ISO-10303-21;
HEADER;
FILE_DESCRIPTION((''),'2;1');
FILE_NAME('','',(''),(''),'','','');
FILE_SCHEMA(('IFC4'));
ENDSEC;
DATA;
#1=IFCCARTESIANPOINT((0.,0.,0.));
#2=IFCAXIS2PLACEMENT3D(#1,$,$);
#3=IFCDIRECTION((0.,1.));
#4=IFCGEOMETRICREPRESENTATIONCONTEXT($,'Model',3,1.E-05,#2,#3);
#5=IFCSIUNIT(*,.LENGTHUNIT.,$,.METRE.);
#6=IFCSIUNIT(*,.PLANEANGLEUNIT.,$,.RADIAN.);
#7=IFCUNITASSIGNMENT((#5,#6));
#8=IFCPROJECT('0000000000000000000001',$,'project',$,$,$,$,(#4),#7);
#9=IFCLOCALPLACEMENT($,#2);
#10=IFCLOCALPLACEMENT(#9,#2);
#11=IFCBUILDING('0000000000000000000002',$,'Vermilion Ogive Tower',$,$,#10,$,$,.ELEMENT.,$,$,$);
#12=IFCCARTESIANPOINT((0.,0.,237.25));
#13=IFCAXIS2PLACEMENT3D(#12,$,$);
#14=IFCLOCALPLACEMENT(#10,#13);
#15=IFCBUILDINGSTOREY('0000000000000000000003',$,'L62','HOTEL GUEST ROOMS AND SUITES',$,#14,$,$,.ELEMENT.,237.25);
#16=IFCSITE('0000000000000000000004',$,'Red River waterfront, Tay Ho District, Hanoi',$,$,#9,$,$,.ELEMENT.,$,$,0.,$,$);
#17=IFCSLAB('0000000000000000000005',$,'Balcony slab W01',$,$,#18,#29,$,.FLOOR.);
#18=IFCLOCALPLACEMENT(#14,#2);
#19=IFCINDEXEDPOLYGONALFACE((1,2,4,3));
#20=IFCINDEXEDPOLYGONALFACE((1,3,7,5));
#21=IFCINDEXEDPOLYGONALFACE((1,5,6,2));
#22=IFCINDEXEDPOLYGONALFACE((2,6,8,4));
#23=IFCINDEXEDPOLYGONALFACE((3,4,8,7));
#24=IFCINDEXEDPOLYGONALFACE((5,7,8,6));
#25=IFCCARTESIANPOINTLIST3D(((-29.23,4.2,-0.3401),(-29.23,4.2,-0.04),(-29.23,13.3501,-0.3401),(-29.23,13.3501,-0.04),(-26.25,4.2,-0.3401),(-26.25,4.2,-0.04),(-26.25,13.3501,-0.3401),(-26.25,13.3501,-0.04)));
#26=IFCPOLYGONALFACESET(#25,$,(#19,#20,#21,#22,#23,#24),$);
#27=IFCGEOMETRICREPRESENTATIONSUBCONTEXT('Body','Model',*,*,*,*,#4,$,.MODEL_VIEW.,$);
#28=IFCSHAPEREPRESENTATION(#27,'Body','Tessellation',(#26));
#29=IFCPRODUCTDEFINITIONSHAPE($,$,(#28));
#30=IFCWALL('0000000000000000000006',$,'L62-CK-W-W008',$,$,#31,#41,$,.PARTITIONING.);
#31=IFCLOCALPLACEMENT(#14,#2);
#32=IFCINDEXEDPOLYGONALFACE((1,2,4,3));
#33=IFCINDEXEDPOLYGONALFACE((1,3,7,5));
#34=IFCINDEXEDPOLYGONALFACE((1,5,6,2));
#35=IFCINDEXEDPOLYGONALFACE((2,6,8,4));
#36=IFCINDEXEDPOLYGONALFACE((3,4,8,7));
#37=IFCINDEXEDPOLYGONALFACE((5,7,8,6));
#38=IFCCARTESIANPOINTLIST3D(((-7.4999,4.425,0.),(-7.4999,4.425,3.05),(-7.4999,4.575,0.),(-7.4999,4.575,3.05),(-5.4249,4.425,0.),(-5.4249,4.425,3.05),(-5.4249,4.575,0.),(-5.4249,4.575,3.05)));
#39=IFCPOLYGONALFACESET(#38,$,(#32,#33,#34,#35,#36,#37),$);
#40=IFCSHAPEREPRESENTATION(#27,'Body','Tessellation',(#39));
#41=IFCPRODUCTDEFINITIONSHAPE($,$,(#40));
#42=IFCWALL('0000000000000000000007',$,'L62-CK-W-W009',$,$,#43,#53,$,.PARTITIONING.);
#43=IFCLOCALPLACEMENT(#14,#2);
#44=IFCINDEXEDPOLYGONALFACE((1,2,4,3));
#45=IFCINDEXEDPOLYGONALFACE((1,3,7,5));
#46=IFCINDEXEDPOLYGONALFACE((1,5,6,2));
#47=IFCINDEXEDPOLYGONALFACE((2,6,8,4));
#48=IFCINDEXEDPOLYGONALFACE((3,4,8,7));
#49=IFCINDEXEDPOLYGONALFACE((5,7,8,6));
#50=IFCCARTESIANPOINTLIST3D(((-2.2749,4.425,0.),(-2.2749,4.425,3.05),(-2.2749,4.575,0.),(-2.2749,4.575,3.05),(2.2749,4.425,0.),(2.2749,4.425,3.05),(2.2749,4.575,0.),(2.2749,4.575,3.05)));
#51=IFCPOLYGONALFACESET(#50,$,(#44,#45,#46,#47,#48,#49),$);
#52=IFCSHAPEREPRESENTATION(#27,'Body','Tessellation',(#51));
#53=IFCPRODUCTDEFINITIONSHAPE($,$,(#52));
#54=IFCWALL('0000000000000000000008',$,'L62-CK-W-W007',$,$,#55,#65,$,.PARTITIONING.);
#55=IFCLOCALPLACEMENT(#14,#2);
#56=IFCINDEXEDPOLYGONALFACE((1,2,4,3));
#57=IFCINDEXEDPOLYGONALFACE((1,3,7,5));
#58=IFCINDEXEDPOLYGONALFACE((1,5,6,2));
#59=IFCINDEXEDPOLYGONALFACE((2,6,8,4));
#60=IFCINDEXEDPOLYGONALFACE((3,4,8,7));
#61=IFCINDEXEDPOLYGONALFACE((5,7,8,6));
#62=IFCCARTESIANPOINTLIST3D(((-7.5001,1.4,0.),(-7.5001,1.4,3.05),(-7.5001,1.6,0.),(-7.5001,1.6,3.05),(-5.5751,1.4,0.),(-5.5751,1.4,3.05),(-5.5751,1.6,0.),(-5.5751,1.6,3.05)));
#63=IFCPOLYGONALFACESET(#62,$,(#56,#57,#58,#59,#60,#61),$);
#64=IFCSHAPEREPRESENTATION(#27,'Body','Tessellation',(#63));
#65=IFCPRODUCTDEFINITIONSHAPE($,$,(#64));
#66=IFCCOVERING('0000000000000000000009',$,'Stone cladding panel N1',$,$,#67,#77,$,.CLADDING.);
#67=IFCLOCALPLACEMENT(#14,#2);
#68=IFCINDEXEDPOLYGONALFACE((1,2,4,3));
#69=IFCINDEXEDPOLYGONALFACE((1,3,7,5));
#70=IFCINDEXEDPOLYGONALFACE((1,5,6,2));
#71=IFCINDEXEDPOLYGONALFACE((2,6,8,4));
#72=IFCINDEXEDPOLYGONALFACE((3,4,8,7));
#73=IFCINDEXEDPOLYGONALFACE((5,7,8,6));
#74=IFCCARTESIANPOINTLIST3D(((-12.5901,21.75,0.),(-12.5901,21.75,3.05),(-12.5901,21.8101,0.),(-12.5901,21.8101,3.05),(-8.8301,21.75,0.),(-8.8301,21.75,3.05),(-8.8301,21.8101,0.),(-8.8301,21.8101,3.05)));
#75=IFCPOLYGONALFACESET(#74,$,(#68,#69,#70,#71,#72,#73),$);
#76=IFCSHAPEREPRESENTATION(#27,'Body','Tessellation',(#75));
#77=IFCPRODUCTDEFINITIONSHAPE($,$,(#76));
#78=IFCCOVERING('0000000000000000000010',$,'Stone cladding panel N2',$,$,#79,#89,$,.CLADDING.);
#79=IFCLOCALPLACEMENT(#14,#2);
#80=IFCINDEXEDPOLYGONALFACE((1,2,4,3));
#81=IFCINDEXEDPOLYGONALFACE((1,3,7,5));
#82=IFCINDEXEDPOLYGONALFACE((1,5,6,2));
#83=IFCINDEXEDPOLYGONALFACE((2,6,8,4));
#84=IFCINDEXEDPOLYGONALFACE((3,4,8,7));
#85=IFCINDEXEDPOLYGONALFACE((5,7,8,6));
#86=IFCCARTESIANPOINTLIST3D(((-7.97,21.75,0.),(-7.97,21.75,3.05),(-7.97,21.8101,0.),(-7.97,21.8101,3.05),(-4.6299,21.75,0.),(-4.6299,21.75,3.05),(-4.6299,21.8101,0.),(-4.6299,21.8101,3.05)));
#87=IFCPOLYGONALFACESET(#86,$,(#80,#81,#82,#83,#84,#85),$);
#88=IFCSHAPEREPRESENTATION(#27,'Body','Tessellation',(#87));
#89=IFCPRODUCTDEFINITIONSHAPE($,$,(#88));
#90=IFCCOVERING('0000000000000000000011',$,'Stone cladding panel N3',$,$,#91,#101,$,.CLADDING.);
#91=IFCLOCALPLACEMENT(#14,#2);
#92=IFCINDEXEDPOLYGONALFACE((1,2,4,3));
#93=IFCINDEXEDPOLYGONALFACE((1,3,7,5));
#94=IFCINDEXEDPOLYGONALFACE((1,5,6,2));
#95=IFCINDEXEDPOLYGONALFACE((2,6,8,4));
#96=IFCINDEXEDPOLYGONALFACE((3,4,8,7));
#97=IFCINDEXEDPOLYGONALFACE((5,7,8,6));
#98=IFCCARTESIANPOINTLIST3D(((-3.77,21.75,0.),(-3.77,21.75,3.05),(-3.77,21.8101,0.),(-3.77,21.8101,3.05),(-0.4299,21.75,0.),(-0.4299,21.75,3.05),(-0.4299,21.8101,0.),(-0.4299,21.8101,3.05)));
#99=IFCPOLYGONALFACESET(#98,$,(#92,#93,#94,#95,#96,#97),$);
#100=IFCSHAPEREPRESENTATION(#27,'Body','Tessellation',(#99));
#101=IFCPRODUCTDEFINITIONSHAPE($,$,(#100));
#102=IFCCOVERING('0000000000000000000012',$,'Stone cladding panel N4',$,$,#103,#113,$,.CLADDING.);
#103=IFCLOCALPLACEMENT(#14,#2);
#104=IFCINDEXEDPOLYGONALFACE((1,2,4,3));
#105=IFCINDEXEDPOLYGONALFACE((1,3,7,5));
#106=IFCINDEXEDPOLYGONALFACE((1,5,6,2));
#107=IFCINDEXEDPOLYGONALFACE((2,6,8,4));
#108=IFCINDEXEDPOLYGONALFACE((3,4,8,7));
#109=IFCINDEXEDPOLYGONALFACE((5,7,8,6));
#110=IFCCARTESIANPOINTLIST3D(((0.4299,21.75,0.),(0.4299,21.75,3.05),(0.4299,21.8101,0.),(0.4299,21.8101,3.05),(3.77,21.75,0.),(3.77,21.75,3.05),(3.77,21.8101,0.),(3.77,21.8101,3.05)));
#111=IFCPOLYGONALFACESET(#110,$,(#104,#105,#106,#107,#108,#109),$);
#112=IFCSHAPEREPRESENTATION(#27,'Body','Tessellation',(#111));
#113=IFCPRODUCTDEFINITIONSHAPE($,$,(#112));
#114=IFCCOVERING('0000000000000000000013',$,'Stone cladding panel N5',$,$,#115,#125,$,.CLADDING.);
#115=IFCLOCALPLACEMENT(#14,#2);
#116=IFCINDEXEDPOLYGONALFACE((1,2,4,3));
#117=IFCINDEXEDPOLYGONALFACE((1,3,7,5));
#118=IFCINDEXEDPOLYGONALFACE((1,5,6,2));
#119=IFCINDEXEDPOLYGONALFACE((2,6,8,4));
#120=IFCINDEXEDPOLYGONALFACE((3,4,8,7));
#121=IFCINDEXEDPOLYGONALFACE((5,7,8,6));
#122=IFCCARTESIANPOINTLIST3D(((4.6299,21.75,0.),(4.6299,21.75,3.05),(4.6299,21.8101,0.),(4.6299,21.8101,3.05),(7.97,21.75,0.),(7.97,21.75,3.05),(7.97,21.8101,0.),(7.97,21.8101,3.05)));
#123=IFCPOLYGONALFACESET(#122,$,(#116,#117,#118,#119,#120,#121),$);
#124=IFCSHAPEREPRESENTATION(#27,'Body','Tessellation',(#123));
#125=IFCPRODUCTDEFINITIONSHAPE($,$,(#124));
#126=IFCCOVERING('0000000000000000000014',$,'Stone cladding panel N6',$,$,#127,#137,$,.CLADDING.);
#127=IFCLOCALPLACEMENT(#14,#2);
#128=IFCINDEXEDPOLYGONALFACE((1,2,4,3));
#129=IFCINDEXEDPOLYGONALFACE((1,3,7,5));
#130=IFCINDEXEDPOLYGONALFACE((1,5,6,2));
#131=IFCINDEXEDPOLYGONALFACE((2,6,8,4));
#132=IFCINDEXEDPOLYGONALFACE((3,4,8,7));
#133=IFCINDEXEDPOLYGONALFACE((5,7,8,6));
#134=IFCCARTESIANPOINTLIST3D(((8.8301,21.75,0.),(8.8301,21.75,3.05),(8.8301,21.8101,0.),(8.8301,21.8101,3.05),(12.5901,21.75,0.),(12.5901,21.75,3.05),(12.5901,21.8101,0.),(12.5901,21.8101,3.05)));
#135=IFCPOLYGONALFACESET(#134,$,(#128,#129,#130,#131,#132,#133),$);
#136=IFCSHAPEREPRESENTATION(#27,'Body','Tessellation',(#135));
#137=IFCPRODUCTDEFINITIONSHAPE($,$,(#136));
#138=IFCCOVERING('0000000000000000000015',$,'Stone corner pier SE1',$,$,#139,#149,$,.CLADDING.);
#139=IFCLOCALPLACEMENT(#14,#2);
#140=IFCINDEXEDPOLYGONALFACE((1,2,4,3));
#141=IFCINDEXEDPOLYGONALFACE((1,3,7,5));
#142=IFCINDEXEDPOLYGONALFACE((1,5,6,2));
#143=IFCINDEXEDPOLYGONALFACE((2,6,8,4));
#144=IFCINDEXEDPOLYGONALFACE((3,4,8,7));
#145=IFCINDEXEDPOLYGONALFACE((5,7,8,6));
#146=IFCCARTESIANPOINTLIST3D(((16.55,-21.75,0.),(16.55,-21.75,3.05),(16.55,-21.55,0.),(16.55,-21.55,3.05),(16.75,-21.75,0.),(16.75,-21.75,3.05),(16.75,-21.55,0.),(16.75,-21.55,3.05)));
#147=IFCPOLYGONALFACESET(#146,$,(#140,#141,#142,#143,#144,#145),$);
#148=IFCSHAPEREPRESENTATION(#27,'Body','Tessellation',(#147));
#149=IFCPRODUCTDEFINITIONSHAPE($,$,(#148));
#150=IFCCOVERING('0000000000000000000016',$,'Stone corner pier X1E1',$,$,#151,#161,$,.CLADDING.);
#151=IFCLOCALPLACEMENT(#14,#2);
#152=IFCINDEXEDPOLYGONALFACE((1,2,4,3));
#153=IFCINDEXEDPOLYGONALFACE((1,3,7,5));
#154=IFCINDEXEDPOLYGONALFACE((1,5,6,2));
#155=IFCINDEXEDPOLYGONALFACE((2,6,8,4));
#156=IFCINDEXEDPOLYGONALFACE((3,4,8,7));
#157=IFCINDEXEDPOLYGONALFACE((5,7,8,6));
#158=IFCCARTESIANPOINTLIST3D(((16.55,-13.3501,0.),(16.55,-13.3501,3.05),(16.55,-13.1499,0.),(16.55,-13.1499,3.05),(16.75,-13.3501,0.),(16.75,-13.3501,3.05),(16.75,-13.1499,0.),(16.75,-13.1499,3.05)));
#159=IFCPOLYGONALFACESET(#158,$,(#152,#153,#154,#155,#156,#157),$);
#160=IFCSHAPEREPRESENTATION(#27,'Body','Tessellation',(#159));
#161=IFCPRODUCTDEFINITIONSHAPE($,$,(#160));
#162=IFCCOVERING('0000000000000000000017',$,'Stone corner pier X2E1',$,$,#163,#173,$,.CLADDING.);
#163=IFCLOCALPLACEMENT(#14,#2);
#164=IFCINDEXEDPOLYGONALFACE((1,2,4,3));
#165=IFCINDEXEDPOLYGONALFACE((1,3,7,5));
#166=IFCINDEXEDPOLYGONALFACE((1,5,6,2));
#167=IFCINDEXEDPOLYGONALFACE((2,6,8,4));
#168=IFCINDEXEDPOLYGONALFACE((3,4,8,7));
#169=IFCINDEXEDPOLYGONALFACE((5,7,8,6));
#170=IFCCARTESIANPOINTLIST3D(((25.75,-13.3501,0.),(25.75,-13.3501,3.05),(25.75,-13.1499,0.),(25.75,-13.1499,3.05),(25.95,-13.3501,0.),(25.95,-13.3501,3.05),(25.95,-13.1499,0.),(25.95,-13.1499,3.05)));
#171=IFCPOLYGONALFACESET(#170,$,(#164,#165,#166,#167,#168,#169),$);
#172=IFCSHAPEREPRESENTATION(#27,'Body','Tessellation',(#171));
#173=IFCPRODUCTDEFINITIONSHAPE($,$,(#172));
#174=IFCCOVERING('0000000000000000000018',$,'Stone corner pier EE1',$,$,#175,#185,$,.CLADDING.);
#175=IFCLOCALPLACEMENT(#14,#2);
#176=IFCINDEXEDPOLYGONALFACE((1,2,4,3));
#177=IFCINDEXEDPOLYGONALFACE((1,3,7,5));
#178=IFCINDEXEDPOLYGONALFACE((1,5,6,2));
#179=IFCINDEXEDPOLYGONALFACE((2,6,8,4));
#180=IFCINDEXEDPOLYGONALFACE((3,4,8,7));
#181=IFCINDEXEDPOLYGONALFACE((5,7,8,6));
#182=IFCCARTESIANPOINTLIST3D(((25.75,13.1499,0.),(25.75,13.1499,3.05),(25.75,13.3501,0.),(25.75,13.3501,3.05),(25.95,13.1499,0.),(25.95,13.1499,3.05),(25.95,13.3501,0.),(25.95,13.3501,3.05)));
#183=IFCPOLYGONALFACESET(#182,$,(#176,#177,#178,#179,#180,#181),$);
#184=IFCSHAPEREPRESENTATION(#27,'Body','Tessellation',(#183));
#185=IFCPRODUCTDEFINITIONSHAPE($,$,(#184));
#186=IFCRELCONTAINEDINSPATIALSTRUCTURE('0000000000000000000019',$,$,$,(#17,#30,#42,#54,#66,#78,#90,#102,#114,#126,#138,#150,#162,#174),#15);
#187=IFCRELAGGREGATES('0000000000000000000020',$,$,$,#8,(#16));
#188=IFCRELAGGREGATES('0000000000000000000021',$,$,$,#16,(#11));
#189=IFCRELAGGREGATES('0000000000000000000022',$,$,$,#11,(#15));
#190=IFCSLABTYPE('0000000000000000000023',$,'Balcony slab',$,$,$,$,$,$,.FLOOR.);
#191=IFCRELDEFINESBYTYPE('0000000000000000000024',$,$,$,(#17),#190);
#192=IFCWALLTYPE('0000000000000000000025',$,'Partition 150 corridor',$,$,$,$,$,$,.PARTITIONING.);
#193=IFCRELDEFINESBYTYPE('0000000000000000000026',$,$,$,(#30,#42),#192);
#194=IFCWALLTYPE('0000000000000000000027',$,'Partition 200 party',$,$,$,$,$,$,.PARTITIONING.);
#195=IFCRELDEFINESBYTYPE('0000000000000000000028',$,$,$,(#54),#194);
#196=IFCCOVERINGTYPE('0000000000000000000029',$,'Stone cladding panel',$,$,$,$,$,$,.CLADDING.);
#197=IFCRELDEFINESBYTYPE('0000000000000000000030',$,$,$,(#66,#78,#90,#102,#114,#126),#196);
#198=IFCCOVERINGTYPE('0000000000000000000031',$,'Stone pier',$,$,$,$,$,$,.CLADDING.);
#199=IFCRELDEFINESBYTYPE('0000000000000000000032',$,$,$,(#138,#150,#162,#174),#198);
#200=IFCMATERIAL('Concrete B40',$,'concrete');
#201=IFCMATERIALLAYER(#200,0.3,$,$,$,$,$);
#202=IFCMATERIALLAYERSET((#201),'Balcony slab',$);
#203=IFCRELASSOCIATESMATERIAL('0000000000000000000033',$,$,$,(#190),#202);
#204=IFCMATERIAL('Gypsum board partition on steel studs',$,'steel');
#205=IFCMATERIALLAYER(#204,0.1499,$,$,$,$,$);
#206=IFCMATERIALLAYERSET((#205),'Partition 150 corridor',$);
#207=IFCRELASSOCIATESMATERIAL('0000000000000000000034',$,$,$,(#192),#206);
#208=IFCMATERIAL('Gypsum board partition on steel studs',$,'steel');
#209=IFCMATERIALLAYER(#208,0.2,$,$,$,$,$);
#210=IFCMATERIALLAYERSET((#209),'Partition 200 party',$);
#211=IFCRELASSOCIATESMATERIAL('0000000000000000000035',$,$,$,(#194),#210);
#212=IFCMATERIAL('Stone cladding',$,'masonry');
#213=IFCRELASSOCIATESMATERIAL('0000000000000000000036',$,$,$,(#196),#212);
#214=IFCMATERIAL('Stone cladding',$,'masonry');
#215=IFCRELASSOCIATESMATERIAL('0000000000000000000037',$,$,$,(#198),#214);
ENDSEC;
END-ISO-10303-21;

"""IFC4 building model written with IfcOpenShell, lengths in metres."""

from ifc_helpers import new_model, si_unit, direction, frame, frame_2d, origin, place, context, subcontext, project, spatial, polyline, rectangle, outline, extrude, material, layer, layer_set, type_object, element, save


model = new_model("IFC4")

# Units and contexts
model_context = context("Model", 3, precision=1e-05, world=origin(), true_north=direction((0.0, 1.0)))
body_context = subcontext(model_context, "Body", "Model", "MODEL_VIEW")
ifc_project = project(units=[si_unit("LENGTHUNIT", "METRE"), si_unit("PLANEANGLEUNIT", "RADIAN")], contexts=[model_context])

# Site, building, storey
site_placement = place(None, origin())
site = spatial("IfcSite", under=ifc_project, at=site_placement, Name="Red River waterfront, Tay Ho District, Hanoi", CompositionType="ELEMENT", RefElevation=0.0)
building_placement = place(site_placement, origin())
building = spatial("IfcBuilding", under=site, at=building_placement, Name="Vermilion Ogive Tower", CompositionType="ELEMENT")
storey_placement = place(building_placement, frame((0.0, 0.0, 237.25)))
storey = spatial("IfcBuildingStorey", under=building, at=storey_placement, Name="L62", Description="HOTEL GUEST ROOMS AND SUITES", CompositionType="ELEMENT", Elevation=237.25)

# Slab
ifc_material_1 = material(Name="Concrete B40", Category="concrete")
ifc_layer_1 = layer(ifc_material_1, 0.3)
ifc_layer_set_1 = layer_set([ifc_layer_1], Name="Balcony slab")
slab_type = type_object("IfcSlabType", Name="Balcony slab", PredefinedType="FLOOR", material=ifc_layer_set_1)
slab_placement = place(storey_placement, frame((0.0, 0.0, -0.3401)))
element("IfcSlab", 1, at=slab_placement, inside=storey, type_object=slab_type, Name="Balcony slab W01", PredefinedType="FLOOR", context=body_context, shape_type="SweptSolid", body=[
    extrude(outline(polyline([(-29.23, 13.3501), (-29.23, 4.2), (-26.25, 4.2), (-26.25, 13.3501), (-29.23, 13.3501)])), origin(), (0.0, 0.0, 1.0), 0.3),
])

# Walls
ifc_material_2 = material(Name="Gypsum board partition on steel studs", Category="steel")
ifc_layer_2 = layer(ifc_material_2, 0.1499)
ifc_layer_set_2 = layer_set([ifc_layer_2], Name="Partition 150 corridor")
wall_type_1 = type_object("IfcWallType", Name="Partition 150 corridor", PredefinedType="PARTITIONING", material=ifc_layer_set_2)
wall_1_placement = place(storey_placement, frame((-7.5, 4.5, 0.0), z_axis=(0.0, 0.0, 1.0), x_axis=(1.0, 0.0, 0.0)))
element("IfcWall", 2, at=wall_1_placement, inside=storey, type_object=wall_type_1, Name="L62-CK-W-W008", PredefinedType="PARTITIONING", context=body_context, shape_type="SweptSolid", body=[
    extrude(rectangle(XDim=2.075, YDim=0.1499, at=frame_2d((1.0376, 0.0))), origin(), (0.0, 0.0, 1.0), 3.05),
])
wall_2_placement = place(storey_placement, frame((-2.2749, 4.5, 0.0), z_axis=(0.0, 0.0, 1.0), x_axis=(1.0, 0.0, 0.0)))
element("IfcWall", 3, at=wall_2_placement, inside=storey, type_object=wall_type_1, Name="L62-CK-W-W009", PredefinedType="PARTITIONING", context=body_context, shape_type="SweptSolid", body=[
    extrude(rectangle(XDim=4.5498, YDim=0.1499, at=frame_2d((2.2749, 0.0))), origin(), (0.0, 0.0, 1.0), 3.05),
])
ifc_material_3 = material(Name="Gypsum board partition on steel studs", Category="steel")
ifc_layer_3 = layer(ifc_material_3, 0.2)
ifc_layer_set_3 = layer_set([ifc_layer_3], Name="Partition 200 party")
wall_type_2 = type_object("IfcWallType", Name="Partition 200 party", PredefinedType="PARTITIONING", material=ifc_layer_set_3)
wall_3_placement = place(storey_placement, frame((-7.5, 1.5, 0.0), z_axis=(0.0, 0.0, 1.0), x_axis=(1.0, 0.0, 0.0)))
element("IfcWall", 4, at=wall_3_placement, inside=storey, type_object=wall_type_2, Name="L62-CK-W-W007", PredefinedType="PARTITIONING", context=body_context, shape_type="SweptSolid", body=[
    extrude(rectangle(XDim=1.925, YDim=0.2, at=frame_2d((0.9624, 0.0))), origin(), (0.0, 0.0, 1.0), 3.05),
])

# Coverings
ifc_material_4 = material(Name="Stone cladding", Category="masonry")
covering_type_1 = type_object("IfcCoveringType", Name="Stone cladding panel", PredefinedType="CLADDING", material=ifc_material_4)
covering_1_placement = place(storey_placement, origin())
element("IfcCovering", 5, at=covering_1_placement, inside=storey, type_object=covering_type_1, Name="Stone cladding panel N1", PredefinedType="CLADDING", context=body_context, shape_type="SweptSolid", body=[
    extrude(outline(polyline([(-12.5901, 21.75), (-8.8301, 21.75), (-8.8301, 21.8101), (-12.5901, 21.8101), (-12.5901, 21.75)])), origin(), (0.0, 0.0, 1.0), 3.05),
])
covering_2_placement = place(storey_placement, origin())
element("IfcCovering", 6, at=covering_2_placement, inside=storey, type_object=covering_type_1, Name="Stone cladding panel N2", PredefinedType="CLADDING", context=body_context, shape_type="SweptSolid", body=[
    extrude(outline(polyline([(-7.97, 21.75), (-4.6299, 21.75), (-4.6299, 21.8101), (-7.97, 21.8101), (-7.97, 21.75)])), origin(), (0.0, 0.0, 1.0), 3.05),
])
covering_3_placement = place(storey_placement, origin())
element("IfcCovering", 7, at=covering_3_placement, inside=storey, type_object=covering_type_1, Name="Stone cladding panel N3", PredefinedType="CLADDING", context=body_context, shape_type="SweptSolid", body=[
    extrude(outline(polyline([(-3.77, 21.75), (-0.4299, 21.75), (-0.4299, 21.8101), (-3.77, 21.8101), (-3.77, 21.75)])), origin(), (0.0, 0.0, 1.0), 3.05),
])
covering_4_placement = place(storey_placement, origin())
element("IfcCovering", 8, at=covering_4_placement, inside=storey, type_object=covering_type_1, Name="Stone cladding panel N4", PredefinedType="CLADDING", context=body_context, shape_type="SweptSolid", body=[
    extrude(outline(polyline([(0.4299, 21.75), (3.77, 21.75), (3.77, 21.8101), (0.4299, 21.8101), (0.4299, 21.75)])), origin(), (0.0, 0.0, 1.0), 3.05),
])
covering_5_placement = place(storey_placement, origin())
element("IfcCovering", 9, at=covering_5_placement, inside=storey, type_object=covering_type_1, Name="Stone cladding panel N5", PredefinedType="CLADDING", context=body_context, shape_type="SweptSolid", body=[
    extrude(outline(polyline([(4.6299, 21.75), (7.97, 21.75), (7.97, 21.8101), (4.6299, 21.8101), (4.6299, 21.75)])), origin(), (0.0, 0.0, 1.0), 3.05),
])
covering_6_placement = place(storey_placement, origin())
element("IfcCovering", 10, at=covering_6_placement, inside=storey, type_object=covering_type_1, Name="Stone cladding panel N6", PredefinedType="CLADDING", context=body_context, shape_type="SweptSolid", body=[
    extrude(outline(polyline([(8.8301, 21.75), (12.5901, 21.75), (12.5901, 21.8101), (8.8301, 21.8101), (8.8301, 21.75)])), origin(), (0.0, 0.0, 1.0), 3.05),
])
ifc_material_5 = material(Name="Stone cladding", Category="masonry")
covering_type_2 = type_object("IfcCoveringType", Name="Stone pier", PredefinedType="CLADDING", material=ifc_material_5)
covering_7_placement = place(storey_placement, origin())
element("IfcCovering", 11, at=covering_7_placement, inside=storey, type_object=covering_type_2, Name="Stone corner pier SE1", PredefinedType="CLADDING", context=body_context, shape_type="SweptSolid", body=[
    extrude(outline(polyline([(16.55, -21.55), (16.75, -21.55), (16.75, -21.75), (16.55, -21.75), (16.55, -21.55)])), origin(), (0.0, 0.0, 1.0), 3.05),
])
covering_8_placement = place(storey_placement, origin())
element("IfcCovering", 12, at=covering_8_placement, inside=storey, type_object=covering_type_2, Name="Stone corner pier X1E1", PredefinedType="CLADDING", context=body_context, shape_type="SweptSolid", body=[
    extrude(outline(polyline([(16.55, -13.1499), (16.75, -13.1499), (16.75, -13.3501), (16.55, -13.3501), (16.55, -13.1499)])), origin(), (0.0, 0.0, 1.0), 3.05),
])
covering_9_placement = place(storey_placement, origin())
element("IfcCovering", 13, at=covering_9_placement, inside=storey, type_object=covering_type_2, Name="Stone corner pier X2E1", PredefinedType="CLADDING", context=body_context, shape_type="SweptSolid", body=[
    extrude(outline(polyline([(25.75, -13.1499), (25.95, -13.1499), (25.95, -13.3501), (25.75, -13.3501), (25.75, -13.1499)])), origin(), (0.0, 0.0, 1.0), 3.05),
])
covering_10_placement = place(storey_placement, origin())
element("IfcCovering", 14, at=covering_10_placement, inside=storey, type_object=covering_type_2, Name="Stone corner pier EE1", PredefinedType="CLADDING", context=body_context, shape_type="SweptSolid", body=[
    extrude(outline(polyline([(25.75, 13.1499), (25.75, 13.3501), (25.95, 13.3501), (25.95, 13.1499), (25.75, 13.1499)])), origin(), (0.0, 0.0, 1.0), 3.05),
])

save(model, "model.ifc")
